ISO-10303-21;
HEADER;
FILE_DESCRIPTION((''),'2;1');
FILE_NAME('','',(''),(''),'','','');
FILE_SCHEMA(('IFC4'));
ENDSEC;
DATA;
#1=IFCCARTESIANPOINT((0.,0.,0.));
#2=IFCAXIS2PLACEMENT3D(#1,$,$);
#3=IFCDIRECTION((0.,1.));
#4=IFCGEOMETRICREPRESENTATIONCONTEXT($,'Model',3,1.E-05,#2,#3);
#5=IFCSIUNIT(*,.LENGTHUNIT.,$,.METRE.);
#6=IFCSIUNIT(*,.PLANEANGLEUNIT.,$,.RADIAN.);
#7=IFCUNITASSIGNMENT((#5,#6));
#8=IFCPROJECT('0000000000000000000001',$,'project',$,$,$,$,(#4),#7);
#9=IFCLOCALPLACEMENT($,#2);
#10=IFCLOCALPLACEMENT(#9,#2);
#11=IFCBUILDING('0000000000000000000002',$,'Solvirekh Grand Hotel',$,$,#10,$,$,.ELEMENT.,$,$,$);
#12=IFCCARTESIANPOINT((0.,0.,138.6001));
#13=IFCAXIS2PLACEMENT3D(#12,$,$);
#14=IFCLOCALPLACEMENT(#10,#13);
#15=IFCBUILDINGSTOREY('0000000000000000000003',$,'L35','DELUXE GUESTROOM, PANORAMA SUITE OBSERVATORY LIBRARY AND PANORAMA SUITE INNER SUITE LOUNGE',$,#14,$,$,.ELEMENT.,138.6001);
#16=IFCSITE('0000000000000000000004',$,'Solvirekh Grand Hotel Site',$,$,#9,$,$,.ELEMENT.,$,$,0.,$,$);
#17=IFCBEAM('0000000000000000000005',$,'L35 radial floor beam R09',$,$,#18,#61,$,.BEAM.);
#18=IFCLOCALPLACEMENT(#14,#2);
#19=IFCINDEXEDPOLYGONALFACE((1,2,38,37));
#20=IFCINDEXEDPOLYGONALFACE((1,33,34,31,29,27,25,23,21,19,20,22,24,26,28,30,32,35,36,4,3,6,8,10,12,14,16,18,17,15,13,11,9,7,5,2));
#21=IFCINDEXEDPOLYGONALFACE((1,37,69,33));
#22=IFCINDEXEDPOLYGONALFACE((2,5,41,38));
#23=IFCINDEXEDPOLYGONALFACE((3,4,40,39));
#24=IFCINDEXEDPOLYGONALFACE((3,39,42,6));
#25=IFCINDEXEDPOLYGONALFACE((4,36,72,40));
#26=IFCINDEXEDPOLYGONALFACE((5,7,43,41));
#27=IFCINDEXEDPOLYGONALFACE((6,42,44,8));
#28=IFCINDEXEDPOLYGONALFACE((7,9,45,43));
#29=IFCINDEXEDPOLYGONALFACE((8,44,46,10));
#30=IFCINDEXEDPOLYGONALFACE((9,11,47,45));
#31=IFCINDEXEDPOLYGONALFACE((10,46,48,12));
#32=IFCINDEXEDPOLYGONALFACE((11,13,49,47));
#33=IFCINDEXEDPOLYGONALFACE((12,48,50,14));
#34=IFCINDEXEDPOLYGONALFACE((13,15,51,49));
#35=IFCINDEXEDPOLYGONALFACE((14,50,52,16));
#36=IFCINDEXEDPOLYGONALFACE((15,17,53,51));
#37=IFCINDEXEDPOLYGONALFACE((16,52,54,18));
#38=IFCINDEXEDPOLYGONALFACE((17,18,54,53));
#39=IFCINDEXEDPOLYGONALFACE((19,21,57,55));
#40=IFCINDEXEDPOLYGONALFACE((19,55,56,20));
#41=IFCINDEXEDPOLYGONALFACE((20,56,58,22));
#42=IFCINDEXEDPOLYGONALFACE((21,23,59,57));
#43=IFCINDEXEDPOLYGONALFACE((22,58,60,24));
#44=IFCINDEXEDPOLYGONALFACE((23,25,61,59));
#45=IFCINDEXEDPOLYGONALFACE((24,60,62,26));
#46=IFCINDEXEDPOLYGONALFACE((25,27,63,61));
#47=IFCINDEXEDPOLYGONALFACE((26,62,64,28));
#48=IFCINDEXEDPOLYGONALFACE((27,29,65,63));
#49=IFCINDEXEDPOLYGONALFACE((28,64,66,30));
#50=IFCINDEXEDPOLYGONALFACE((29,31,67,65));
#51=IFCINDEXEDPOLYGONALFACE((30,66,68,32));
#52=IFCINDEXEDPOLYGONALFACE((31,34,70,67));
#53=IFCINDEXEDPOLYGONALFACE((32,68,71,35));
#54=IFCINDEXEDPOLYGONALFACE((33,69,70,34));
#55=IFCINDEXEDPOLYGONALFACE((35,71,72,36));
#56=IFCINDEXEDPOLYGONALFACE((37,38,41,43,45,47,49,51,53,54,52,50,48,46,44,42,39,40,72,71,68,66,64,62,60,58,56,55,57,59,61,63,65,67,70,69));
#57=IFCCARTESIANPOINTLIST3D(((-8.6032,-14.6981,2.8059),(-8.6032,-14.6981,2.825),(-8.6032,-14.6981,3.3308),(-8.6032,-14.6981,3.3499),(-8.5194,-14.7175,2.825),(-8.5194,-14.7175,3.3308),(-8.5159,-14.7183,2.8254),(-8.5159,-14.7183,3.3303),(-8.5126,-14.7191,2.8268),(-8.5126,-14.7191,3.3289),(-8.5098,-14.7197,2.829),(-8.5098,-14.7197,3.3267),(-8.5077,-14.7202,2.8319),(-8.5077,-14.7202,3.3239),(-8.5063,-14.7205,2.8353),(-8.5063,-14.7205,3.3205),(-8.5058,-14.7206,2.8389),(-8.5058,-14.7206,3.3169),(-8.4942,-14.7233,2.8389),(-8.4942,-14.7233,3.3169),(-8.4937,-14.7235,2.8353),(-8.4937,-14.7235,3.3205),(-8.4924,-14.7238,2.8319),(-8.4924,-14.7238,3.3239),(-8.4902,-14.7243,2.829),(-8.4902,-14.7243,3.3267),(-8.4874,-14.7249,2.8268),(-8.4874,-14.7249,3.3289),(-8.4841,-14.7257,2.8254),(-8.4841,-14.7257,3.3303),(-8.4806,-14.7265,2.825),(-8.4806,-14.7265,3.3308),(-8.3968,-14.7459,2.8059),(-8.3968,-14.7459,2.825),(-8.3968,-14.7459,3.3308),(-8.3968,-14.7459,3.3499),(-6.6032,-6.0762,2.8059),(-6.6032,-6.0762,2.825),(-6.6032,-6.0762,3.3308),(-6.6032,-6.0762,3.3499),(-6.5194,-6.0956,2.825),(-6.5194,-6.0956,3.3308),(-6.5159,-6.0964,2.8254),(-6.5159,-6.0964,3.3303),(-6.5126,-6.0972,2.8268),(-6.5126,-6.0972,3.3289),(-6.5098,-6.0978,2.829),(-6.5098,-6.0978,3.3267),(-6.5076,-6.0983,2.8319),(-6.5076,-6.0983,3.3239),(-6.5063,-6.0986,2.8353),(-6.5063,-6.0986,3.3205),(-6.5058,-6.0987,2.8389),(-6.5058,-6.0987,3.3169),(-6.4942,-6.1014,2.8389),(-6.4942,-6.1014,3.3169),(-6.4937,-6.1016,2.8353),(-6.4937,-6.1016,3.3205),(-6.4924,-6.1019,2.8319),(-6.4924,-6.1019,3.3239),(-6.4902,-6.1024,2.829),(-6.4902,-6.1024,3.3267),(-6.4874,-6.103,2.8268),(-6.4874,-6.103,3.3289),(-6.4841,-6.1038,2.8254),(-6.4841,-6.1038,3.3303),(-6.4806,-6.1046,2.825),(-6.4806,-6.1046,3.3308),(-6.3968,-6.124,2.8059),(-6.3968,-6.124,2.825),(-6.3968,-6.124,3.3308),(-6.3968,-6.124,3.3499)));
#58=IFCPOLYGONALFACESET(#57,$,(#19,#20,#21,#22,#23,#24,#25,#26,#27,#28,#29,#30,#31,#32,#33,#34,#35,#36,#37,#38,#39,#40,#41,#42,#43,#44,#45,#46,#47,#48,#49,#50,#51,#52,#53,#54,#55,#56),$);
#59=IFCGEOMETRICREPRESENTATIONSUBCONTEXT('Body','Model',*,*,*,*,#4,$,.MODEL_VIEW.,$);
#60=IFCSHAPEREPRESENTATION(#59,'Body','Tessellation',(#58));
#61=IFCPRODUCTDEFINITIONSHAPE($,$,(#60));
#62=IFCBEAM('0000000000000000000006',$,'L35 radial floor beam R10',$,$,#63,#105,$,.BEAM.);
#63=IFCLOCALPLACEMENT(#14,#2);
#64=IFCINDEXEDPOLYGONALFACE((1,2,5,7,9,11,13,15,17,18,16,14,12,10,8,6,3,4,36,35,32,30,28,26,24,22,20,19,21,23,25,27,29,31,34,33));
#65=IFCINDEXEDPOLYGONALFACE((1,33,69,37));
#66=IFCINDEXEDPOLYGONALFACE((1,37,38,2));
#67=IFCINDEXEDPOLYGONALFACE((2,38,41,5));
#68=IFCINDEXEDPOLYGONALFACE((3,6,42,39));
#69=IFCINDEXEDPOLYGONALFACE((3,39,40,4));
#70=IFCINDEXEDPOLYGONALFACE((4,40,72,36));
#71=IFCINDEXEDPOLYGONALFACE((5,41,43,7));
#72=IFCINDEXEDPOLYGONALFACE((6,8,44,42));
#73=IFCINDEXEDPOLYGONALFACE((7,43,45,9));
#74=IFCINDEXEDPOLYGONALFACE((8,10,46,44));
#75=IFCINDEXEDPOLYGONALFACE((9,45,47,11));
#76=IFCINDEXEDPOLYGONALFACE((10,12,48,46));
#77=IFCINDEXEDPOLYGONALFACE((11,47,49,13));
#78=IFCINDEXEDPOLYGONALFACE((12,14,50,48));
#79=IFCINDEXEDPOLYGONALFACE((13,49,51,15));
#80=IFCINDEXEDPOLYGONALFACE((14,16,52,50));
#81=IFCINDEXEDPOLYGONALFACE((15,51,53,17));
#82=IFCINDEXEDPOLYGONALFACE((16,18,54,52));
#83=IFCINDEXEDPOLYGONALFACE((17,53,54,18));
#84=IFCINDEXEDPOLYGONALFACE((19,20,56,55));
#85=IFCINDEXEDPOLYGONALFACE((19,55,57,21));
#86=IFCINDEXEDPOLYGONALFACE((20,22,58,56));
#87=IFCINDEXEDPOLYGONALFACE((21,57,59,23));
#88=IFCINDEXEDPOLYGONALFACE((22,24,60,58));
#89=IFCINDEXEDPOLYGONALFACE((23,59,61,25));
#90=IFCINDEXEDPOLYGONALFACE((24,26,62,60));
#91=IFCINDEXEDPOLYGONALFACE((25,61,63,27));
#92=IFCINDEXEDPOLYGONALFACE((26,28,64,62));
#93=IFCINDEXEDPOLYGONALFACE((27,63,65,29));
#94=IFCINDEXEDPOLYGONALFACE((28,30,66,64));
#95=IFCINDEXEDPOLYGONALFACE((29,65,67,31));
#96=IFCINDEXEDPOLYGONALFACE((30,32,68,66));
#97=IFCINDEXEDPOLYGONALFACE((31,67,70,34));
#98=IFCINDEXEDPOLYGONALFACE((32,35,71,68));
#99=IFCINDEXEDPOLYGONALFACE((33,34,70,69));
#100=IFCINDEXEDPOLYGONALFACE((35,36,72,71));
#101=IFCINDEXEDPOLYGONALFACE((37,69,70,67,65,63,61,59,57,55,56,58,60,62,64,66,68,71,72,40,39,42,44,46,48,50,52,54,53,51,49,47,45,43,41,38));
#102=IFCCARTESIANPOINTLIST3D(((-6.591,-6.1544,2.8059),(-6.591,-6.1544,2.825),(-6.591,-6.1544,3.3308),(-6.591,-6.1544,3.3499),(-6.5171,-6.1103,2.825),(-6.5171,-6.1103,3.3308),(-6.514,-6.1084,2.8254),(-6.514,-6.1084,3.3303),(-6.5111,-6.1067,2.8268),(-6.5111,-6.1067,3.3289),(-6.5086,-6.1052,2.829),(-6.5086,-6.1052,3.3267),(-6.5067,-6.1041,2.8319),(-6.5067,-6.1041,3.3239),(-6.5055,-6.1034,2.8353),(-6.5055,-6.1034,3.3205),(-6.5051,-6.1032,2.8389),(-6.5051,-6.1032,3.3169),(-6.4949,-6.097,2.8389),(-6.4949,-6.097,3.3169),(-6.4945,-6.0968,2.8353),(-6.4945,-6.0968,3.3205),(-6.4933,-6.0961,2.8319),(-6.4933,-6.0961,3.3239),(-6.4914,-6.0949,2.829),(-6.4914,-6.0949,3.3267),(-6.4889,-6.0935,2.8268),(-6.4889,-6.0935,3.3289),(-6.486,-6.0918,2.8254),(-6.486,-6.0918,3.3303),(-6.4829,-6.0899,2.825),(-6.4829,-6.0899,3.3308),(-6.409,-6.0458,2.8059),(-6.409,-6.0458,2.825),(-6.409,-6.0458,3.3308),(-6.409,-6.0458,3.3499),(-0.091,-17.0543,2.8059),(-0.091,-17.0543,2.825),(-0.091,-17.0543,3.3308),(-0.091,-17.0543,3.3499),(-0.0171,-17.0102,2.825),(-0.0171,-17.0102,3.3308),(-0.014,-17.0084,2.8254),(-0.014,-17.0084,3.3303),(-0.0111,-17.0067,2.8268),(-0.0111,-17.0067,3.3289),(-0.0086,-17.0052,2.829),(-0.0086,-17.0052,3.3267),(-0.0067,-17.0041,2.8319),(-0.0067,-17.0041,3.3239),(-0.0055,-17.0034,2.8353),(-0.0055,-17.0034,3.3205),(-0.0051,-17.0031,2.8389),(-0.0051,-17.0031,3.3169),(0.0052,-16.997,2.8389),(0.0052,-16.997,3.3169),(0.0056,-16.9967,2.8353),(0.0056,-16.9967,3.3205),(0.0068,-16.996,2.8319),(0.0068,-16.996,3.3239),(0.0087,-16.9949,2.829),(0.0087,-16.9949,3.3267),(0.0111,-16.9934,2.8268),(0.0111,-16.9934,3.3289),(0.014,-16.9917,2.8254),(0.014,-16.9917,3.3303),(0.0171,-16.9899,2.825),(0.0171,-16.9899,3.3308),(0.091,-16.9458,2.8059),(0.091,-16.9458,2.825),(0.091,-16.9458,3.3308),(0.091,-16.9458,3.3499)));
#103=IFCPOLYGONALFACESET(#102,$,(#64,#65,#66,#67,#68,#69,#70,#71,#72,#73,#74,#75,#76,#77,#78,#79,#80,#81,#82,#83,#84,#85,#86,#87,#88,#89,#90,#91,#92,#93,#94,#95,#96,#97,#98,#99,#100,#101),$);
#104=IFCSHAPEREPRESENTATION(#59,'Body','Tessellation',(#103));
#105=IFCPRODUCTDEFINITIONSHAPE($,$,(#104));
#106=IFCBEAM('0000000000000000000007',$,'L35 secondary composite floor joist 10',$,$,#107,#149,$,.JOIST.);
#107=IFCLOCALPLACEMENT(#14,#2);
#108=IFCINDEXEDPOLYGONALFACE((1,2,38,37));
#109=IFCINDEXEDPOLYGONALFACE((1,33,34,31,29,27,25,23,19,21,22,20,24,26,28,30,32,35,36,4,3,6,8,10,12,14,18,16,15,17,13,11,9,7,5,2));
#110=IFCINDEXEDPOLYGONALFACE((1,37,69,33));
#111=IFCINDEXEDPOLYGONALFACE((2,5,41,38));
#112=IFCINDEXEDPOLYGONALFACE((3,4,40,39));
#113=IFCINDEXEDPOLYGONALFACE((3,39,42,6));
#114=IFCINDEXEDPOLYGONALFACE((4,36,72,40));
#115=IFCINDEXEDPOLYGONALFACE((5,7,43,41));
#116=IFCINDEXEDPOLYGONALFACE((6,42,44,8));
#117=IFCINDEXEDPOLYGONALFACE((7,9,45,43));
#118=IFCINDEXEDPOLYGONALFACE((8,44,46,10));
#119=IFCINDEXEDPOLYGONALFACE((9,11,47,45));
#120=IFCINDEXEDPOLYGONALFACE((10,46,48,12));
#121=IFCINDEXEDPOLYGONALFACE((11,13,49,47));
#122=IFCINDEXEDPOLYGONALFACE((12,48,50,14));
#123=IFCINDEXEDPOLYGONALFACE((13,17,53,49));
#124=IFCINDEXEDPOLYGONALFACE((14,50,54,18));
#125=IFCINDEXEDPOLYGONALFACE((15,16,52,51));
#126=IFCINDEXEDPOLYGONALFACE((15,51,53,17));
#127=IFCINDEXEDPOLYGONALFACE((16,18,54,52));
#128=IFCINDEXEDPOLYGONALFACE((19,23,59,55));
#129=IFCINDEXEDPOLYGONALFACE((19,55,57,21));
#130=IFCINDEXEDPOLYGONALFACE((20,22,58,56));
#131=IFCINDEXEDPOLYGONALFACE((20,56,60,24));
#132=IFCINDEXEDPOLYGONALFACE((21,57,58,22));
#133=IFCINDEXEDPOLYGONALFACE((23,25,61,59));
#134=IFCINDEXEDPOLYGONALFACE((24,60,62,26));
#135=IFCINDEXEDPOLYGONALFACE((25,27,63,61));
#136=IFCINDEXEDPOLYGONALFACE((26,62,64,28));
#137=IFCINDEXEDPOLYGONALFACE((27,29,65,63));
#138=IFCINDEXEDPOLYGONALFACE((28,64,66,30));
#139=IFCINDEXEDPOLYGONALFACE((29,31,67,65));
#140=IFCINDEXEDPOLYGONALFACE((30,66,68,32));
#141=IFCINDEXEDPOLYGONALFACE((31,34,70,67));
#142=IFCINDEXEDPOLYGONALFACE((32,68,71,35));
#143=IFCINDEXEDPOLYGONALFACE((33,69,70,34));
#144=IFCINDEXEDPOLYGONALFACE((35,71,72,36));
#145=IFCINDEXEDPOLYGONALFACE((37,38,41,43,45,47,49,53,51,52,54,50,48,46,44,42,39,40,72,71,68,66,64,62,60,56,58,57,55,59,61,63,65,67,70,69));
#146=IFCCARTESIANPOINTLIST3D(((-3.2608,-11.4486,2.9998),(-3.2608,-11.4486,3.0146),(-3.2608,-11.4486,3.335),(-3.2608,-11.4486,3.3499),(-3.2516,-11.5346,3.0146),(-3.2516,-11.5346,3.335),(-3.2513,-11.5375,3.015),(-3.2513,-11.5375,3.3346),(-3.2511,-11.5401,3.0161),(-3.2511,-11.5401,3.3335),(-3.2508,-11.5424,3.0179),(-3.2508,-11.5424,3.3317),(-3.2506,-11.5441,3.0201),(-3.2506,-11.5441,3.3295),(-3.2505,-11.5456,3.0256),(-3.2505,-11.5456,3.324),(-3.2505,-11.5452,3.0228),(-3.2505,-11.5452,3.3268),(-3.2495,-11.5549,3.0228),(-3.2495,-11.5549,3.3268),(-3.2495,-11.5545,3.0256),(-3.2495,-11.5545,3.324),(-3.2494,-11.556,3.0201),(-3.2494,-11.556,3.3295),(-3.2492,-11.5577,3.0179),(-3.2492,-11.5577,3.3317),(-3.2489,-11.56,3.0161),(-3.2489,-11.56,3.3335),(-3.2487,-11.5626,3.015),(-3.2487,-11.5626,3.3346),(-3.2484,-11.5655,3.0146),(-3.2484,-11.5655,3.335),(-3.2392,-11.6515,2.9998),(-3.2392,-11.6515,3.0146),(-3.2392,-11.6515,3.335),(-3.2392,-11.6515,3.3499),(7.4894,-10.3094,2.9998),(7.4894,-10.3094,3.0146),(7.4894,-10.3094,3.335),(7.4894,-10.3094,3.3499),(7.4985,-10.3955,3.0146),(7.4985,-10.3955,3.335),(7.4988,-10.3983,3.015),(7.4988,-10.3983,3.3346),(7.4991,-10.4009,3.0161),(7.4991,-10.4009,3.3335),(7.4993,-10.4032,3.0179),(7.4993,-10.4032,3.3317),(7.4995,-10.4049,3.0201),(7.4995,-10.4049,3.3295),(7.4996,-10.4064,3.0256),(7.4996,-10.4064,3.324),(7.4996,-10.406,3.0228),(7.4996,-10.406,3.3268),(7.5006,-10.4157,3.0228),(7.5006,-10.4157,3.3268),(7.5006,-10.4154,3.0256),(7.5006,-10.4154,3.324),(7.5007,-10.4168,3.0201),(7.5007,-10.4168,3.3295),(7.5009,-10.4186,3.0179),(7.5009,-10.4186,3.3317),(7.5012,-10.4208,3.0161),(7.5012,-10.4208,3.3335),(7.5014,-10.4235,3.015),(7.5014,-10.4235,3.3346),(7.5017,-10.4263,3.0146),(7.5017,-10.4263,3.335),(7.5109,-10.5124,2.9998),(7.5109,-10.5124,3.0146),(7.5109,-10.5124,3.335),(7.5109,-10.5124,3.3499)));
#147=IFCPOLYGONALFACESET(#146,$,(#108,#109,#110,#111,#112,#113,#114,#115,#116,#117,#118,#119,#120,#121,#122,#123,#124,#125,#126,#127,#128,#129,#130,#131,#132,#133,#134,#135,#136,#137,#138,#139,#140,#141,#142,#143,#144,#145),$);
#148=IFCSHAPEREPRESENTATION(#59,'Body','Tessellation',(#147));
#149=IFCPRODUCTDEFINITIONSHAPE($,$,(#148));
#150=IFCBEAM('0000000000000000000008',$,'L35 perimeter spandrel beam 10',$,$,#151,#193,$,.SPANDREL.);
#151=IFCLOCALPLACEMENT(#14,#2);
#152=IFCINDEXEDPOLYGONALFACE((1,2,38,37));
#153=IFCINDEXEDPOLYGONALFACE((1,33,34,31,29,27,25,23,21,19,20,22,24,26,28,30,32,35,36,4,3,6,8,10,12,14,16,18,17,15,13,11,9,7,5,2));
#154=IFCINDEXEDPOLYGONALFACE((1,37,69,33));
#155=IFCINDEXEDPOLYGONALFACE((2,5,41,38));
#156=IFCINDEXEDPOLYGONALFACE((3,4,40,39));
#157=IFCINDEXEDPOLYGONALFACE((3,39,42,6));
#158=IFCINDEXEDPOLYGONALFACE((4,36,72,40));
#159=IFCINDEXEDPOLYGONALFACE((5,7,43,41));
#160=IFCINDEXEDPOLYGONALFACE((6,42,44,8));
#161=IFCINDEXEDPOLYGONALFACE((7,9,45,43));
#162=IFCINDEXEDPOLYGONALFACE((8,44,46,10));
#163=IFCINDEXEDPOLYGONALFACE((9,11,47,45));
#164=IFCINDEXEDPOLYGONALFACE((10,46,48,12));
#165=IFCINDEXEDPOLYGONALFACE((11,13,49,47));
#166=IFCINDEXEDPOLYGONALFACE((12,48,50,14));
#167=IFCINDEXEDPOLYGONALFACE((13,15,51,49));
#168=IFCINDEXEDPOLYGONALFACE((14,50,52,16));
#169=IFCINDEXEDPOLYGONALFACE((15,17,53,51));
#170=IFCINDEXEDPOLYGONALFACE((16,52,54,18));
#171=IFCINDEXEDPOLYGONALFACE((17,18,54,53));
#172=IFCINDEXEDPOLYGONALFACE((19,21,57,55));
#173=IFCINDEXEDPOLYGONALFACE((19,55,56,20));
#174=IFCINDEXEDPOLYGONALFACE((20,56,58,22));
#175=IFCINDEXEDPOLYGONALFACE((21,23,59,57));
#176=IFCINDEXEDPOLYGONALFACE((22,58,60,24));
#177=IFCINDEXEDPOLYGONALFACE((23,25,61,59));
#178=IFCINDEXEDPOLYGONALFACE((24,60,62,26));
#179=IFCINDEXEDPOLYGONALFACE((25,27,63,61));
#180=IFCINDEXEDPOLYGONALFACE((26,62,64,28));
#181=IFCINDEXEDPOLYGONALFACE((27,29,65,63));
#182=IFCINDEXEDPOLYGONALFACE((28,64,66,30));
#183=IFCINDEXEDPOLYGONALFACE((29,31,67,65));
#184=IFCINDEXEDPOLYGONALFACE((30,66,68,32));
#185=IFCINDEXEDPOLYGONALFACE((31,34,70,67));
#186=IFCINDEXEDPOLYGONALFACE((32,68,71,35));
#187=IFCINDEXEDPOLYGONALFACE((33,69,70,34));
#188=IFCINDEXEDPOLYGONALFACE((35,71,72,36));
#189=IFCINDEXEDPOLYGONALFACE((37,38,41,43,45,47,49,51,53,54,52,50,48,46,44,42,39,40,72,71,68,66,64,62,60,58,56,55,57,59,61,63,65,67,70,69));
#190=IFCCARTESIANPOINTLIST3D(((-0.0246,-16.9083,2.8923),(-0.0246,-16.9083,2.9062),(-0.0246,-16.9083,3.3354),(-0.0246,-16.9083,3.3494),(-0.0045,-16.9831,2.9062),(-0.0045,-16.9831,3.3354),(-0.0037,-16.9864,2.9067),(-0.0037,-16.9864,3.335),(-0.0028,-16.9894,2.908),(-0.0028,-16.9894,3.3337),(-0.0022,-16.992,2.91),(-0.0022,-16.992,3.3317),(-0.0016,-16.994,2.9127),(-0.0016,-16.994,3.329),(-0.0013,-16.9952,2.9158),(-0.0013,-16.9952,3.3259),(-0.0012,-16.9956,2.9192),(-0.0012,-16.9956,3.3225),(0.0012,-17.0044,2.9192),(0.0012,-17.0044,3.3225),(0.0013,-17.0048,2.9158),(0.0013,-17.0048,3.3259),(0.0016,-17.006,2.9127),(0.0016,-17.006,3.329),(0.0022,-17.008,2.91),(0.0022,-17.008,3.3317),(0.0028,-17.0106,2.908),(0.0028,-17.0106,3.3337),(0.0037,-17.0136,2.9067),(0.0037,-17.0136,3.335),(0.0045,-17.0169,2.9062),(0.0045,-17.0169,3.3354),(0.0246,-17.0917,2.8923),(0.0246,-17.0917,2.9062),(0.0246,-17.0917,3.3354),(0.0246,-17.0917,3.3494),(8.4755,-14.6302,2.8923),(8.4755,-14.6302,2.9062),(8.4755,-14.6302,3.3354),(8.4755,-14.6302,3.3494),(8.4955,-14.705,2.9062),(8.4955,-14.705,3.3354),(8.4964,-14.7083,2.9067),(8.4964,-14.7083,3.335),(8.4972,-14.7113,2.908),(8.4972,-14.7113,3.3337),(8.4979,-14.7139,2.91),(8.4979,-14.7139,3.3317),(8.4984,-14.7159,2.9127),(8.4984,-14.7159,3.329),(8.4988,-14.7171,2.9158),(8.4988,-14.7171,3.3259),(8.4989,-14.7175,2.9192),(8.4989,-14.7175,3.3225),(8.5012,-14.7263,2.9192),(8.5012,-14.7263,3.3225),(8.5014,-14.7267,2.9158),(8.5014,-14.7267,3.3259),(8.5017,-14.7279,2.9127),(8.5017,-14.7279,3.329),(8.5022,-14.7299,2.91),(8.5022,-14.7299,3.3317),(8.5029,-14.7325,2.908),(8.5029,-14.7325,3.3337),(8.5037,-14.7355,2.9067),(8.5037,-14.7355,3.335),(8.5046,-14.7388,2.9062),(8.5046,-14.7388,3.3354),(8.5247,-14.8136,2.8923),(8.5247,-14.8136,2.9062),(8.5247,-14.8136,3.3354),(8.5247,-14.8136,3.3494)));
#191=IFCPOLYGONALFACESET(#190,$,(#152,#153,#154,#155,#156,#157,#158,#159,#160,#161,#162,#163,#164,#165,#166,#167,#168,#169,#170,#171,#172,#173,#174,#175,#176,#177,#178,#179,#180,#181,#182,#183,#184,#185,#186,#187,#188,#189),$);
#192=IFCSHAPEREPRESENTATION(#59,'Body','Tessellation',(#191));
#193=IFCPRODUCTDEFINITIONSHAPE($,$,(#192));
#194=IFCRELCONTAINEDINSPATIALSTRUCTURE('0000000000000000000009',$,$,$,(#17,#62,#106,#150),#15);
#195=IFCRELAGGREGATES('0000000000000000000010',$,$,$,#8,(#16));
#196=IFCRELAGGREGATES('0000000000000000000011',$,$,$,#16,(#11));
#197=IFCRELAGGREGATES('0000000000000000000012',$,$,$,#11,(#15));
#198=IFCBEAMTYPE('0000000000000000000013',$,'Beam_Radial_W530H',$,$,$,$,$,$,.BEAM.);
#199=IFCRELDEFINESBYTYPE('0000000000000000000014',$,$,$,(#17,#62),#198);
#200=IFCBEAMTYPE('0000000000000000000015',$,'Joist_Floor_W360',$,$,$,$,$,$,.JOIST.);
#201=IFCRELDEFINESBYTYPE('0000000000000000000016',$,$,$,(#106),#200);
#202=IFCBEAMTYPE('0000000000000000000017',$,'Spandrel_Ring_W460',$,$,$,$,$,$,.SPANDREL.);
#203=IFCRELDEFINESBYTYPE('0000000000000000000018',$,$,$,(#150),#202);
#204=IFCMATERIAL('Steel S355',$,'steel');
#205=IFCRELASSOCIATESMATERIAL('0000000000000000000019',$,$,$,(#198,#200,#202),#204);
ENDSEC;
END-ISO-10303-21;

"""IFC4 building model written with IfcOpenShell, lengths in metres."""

from ifc_helpers import new_model, si_unit, direction, frame, origin, origin_2d, place, context, subcontext, project, spatial, i_section, extrude, material, material_profile, profile_set, type_object, element, save


model = new_model("IFC4")

# Units and contexts
model_context = context("Model", 3, precision=1e-05, world=origin(), true_north=direction((0.0, 1.0)))
body_context = subcontext(model_context, "Body", "Model", "MODEL_VIEW")
ifc_project = project(units=[si_unit("LENGTHUNIT", "METRE"), si_unit("PLANEANGLEUNIT", "RADIAN")], contexts=[model_context])

# Site, building, storey
site_placement = place(None, origin())
site = spatial("IfcSite", under=ifc_project, at=site_placement, Name="Solvirekh Grand Hotel Site", CompositionType="ELEMENT", RefElevation=0.0)
building_placement = place(site_placement, origin())
building = spatial("IfcBuilding", under=site, at=building_placement, Name="Solvirekh Grand Hotel", CompositionType="ELEMENT")
storey_placement = place(building_placement, frame((0.0, 0.0, 138.6001)))
storey = spatial("IfcBuildingStorey", under=building, at=storey_placement, Name="L35", Description="DELUXE GUESTROOM, PANORAMA SUITE OBSERVATORY LIBRARY AND PANORAMA SUITE INNER SUITE LOUNGE", CompositionType="ELEMENT", Elevation=138.6001)

# Beams
ifc_material_1 = material(Name="Steel S355", Category="steel")
ifc_material_profile_1 = material_profile(ifc_material_1, i_section(OverallWidth=0.2119, OverallDepth=0.5439, WebThickness=0.012, FlangeThickness=0.019, FilletRadius=0.0139, at=origin_2d()), Name="W530X123")
ifc_profile_set_1 = profile_set([ifc_material_profile_1], Name="Steel S355")
beam_type_1 = type_object("IfcBeamType", Name="Beam_Radial_W530H", PredefinedType="BEAM", material=ifc_profile_set_1)
beam_1_placement = place(storey_placement, frame((-6.5, -6.1001, 3.0779), z_axis=(-0.225969, -0.974134, 0.0), x_axis=(0.974134, -0.225969, 0.0)))
element("IfcBeam", 1, at=beam_1_placement, inside=storey, type_object=beam_type_1, Name="L35 radial floor beam R09", PredefinedType="BEAM", context=body_context, shape_type="SweptSolid", body=[
    extrude(i_section(OverallWidth=0.2119, OverallDepth=0.5439, WebThickness=0.012, FlangeThickness=0.019, FilletRadius=0.0139, at=origin_2d()), origin(), (0.0, 0.0, 1.0), 8.8508),
])
beam_2_placement = place(storey_placement, frame((-6.5, -6.1001, 3.0779), z_axis=(0.51218, -0.858878, 0.0), x_axis=(0.858878, 0.51218, 0.0)))
element("IfcBeam", 2, at=beam_2_placement, inside=storey, type_object=beam_type_1, Name="L35 radial floor beam R10", PredefinedType="BEAM", context=body_context, shape_type="SweptSolid", body=[
    extrude(i_section(OverallWidth=0.2119, OverallDepth=0.5439, WebThickness=0.012, FlangeThickness=0.019, FilletRadius=0.0139, at=origin_2d()), origin(), (0.0, 0.0, 1.0), 12.6909),
])
ifc_material_profile_2 = material_profile(ifc_material_1, i_section(OverallWidth=0.2041, OverallDepth=0.3501, WebThickness=0.009, FlangeThickness=0.0149, FilletRadius=0.011, at=origin_2d()), Name="W360X72")
ifc_profile_set_2 = profile_set([ifc_material_profile_2], Name="Steel S355")
beam_type_2 = type_object("IfcBeamType", Name="Joist_Floor_W360", PredefinedType="JOIST", material=ifc_profile_set_2)
beam_3_placement = place(storey_placement, frame((-3.25, -11.55, 3.1748), z_axis=(0.994432, 0.105378, 0.0), x_axis=(-0.105378, 0.994432, 0.0)))
element("IfcBeam", 3, at=beam_3_placement, inside=storey, type_object=beam_type_2, Name="L35 secondary composite floor joist 10", PredefinedType="JOIST", context=body_context, shape_type="SweptSolid", body=[
    extrude(i_section(OverallWidth=0.2041, OverallDepth=0.3501, WebThickness=0.009, FlangeThickness=0.0149, FilletRadius=0.011, at=origin_2d()), origin(), (0.0, 0.0, 1.0), 10.8103),
])
ifc_material_profile_3 = material_profile(ifc_material_1, i_section(OverallWidth=0.1899, OverallDepth=0.457, WebThickness=0.009, FlangeThickness=0.0139, FilletRadius=0.0129, at=origin_2d()), Name="W460X74")
ifc_profile_set_3 = profile_set([ifc_material_profile_3], Name="Steel S355")
beam_type_3 = type_object("IfcBeamType", Name="Spandrel_Ring_W460", PredefinedType="SPANDREL", material=ifc_profile_set_3)
beam_4_placement = place(storey_placement, frame((0.0, -17.0, 3.1208), z_axis=(0.965911, 0.258873, 0.0), x_axis=(-0.258873, 0.965911, 0.0)))
element("IfcBeam", 4, at=beam_4_placement, inside=storey, type_object=beam_type_3, Name="L35 perimeter spandrel beam 10", PredefinedType="SPANDREL", context=body_context, shape_type="SweptSolid", body=[
    extrude(i_section(OverallWidth=0.1899, OverallDepth=0.457, WebThickness=0.009, FlangeThickness=0.0139, FilletRadius=0.0129, at=origin_2d()), origin(), (0.0, 0.0, 1.0), 8.8),
])

save(model, "model.ifc")
